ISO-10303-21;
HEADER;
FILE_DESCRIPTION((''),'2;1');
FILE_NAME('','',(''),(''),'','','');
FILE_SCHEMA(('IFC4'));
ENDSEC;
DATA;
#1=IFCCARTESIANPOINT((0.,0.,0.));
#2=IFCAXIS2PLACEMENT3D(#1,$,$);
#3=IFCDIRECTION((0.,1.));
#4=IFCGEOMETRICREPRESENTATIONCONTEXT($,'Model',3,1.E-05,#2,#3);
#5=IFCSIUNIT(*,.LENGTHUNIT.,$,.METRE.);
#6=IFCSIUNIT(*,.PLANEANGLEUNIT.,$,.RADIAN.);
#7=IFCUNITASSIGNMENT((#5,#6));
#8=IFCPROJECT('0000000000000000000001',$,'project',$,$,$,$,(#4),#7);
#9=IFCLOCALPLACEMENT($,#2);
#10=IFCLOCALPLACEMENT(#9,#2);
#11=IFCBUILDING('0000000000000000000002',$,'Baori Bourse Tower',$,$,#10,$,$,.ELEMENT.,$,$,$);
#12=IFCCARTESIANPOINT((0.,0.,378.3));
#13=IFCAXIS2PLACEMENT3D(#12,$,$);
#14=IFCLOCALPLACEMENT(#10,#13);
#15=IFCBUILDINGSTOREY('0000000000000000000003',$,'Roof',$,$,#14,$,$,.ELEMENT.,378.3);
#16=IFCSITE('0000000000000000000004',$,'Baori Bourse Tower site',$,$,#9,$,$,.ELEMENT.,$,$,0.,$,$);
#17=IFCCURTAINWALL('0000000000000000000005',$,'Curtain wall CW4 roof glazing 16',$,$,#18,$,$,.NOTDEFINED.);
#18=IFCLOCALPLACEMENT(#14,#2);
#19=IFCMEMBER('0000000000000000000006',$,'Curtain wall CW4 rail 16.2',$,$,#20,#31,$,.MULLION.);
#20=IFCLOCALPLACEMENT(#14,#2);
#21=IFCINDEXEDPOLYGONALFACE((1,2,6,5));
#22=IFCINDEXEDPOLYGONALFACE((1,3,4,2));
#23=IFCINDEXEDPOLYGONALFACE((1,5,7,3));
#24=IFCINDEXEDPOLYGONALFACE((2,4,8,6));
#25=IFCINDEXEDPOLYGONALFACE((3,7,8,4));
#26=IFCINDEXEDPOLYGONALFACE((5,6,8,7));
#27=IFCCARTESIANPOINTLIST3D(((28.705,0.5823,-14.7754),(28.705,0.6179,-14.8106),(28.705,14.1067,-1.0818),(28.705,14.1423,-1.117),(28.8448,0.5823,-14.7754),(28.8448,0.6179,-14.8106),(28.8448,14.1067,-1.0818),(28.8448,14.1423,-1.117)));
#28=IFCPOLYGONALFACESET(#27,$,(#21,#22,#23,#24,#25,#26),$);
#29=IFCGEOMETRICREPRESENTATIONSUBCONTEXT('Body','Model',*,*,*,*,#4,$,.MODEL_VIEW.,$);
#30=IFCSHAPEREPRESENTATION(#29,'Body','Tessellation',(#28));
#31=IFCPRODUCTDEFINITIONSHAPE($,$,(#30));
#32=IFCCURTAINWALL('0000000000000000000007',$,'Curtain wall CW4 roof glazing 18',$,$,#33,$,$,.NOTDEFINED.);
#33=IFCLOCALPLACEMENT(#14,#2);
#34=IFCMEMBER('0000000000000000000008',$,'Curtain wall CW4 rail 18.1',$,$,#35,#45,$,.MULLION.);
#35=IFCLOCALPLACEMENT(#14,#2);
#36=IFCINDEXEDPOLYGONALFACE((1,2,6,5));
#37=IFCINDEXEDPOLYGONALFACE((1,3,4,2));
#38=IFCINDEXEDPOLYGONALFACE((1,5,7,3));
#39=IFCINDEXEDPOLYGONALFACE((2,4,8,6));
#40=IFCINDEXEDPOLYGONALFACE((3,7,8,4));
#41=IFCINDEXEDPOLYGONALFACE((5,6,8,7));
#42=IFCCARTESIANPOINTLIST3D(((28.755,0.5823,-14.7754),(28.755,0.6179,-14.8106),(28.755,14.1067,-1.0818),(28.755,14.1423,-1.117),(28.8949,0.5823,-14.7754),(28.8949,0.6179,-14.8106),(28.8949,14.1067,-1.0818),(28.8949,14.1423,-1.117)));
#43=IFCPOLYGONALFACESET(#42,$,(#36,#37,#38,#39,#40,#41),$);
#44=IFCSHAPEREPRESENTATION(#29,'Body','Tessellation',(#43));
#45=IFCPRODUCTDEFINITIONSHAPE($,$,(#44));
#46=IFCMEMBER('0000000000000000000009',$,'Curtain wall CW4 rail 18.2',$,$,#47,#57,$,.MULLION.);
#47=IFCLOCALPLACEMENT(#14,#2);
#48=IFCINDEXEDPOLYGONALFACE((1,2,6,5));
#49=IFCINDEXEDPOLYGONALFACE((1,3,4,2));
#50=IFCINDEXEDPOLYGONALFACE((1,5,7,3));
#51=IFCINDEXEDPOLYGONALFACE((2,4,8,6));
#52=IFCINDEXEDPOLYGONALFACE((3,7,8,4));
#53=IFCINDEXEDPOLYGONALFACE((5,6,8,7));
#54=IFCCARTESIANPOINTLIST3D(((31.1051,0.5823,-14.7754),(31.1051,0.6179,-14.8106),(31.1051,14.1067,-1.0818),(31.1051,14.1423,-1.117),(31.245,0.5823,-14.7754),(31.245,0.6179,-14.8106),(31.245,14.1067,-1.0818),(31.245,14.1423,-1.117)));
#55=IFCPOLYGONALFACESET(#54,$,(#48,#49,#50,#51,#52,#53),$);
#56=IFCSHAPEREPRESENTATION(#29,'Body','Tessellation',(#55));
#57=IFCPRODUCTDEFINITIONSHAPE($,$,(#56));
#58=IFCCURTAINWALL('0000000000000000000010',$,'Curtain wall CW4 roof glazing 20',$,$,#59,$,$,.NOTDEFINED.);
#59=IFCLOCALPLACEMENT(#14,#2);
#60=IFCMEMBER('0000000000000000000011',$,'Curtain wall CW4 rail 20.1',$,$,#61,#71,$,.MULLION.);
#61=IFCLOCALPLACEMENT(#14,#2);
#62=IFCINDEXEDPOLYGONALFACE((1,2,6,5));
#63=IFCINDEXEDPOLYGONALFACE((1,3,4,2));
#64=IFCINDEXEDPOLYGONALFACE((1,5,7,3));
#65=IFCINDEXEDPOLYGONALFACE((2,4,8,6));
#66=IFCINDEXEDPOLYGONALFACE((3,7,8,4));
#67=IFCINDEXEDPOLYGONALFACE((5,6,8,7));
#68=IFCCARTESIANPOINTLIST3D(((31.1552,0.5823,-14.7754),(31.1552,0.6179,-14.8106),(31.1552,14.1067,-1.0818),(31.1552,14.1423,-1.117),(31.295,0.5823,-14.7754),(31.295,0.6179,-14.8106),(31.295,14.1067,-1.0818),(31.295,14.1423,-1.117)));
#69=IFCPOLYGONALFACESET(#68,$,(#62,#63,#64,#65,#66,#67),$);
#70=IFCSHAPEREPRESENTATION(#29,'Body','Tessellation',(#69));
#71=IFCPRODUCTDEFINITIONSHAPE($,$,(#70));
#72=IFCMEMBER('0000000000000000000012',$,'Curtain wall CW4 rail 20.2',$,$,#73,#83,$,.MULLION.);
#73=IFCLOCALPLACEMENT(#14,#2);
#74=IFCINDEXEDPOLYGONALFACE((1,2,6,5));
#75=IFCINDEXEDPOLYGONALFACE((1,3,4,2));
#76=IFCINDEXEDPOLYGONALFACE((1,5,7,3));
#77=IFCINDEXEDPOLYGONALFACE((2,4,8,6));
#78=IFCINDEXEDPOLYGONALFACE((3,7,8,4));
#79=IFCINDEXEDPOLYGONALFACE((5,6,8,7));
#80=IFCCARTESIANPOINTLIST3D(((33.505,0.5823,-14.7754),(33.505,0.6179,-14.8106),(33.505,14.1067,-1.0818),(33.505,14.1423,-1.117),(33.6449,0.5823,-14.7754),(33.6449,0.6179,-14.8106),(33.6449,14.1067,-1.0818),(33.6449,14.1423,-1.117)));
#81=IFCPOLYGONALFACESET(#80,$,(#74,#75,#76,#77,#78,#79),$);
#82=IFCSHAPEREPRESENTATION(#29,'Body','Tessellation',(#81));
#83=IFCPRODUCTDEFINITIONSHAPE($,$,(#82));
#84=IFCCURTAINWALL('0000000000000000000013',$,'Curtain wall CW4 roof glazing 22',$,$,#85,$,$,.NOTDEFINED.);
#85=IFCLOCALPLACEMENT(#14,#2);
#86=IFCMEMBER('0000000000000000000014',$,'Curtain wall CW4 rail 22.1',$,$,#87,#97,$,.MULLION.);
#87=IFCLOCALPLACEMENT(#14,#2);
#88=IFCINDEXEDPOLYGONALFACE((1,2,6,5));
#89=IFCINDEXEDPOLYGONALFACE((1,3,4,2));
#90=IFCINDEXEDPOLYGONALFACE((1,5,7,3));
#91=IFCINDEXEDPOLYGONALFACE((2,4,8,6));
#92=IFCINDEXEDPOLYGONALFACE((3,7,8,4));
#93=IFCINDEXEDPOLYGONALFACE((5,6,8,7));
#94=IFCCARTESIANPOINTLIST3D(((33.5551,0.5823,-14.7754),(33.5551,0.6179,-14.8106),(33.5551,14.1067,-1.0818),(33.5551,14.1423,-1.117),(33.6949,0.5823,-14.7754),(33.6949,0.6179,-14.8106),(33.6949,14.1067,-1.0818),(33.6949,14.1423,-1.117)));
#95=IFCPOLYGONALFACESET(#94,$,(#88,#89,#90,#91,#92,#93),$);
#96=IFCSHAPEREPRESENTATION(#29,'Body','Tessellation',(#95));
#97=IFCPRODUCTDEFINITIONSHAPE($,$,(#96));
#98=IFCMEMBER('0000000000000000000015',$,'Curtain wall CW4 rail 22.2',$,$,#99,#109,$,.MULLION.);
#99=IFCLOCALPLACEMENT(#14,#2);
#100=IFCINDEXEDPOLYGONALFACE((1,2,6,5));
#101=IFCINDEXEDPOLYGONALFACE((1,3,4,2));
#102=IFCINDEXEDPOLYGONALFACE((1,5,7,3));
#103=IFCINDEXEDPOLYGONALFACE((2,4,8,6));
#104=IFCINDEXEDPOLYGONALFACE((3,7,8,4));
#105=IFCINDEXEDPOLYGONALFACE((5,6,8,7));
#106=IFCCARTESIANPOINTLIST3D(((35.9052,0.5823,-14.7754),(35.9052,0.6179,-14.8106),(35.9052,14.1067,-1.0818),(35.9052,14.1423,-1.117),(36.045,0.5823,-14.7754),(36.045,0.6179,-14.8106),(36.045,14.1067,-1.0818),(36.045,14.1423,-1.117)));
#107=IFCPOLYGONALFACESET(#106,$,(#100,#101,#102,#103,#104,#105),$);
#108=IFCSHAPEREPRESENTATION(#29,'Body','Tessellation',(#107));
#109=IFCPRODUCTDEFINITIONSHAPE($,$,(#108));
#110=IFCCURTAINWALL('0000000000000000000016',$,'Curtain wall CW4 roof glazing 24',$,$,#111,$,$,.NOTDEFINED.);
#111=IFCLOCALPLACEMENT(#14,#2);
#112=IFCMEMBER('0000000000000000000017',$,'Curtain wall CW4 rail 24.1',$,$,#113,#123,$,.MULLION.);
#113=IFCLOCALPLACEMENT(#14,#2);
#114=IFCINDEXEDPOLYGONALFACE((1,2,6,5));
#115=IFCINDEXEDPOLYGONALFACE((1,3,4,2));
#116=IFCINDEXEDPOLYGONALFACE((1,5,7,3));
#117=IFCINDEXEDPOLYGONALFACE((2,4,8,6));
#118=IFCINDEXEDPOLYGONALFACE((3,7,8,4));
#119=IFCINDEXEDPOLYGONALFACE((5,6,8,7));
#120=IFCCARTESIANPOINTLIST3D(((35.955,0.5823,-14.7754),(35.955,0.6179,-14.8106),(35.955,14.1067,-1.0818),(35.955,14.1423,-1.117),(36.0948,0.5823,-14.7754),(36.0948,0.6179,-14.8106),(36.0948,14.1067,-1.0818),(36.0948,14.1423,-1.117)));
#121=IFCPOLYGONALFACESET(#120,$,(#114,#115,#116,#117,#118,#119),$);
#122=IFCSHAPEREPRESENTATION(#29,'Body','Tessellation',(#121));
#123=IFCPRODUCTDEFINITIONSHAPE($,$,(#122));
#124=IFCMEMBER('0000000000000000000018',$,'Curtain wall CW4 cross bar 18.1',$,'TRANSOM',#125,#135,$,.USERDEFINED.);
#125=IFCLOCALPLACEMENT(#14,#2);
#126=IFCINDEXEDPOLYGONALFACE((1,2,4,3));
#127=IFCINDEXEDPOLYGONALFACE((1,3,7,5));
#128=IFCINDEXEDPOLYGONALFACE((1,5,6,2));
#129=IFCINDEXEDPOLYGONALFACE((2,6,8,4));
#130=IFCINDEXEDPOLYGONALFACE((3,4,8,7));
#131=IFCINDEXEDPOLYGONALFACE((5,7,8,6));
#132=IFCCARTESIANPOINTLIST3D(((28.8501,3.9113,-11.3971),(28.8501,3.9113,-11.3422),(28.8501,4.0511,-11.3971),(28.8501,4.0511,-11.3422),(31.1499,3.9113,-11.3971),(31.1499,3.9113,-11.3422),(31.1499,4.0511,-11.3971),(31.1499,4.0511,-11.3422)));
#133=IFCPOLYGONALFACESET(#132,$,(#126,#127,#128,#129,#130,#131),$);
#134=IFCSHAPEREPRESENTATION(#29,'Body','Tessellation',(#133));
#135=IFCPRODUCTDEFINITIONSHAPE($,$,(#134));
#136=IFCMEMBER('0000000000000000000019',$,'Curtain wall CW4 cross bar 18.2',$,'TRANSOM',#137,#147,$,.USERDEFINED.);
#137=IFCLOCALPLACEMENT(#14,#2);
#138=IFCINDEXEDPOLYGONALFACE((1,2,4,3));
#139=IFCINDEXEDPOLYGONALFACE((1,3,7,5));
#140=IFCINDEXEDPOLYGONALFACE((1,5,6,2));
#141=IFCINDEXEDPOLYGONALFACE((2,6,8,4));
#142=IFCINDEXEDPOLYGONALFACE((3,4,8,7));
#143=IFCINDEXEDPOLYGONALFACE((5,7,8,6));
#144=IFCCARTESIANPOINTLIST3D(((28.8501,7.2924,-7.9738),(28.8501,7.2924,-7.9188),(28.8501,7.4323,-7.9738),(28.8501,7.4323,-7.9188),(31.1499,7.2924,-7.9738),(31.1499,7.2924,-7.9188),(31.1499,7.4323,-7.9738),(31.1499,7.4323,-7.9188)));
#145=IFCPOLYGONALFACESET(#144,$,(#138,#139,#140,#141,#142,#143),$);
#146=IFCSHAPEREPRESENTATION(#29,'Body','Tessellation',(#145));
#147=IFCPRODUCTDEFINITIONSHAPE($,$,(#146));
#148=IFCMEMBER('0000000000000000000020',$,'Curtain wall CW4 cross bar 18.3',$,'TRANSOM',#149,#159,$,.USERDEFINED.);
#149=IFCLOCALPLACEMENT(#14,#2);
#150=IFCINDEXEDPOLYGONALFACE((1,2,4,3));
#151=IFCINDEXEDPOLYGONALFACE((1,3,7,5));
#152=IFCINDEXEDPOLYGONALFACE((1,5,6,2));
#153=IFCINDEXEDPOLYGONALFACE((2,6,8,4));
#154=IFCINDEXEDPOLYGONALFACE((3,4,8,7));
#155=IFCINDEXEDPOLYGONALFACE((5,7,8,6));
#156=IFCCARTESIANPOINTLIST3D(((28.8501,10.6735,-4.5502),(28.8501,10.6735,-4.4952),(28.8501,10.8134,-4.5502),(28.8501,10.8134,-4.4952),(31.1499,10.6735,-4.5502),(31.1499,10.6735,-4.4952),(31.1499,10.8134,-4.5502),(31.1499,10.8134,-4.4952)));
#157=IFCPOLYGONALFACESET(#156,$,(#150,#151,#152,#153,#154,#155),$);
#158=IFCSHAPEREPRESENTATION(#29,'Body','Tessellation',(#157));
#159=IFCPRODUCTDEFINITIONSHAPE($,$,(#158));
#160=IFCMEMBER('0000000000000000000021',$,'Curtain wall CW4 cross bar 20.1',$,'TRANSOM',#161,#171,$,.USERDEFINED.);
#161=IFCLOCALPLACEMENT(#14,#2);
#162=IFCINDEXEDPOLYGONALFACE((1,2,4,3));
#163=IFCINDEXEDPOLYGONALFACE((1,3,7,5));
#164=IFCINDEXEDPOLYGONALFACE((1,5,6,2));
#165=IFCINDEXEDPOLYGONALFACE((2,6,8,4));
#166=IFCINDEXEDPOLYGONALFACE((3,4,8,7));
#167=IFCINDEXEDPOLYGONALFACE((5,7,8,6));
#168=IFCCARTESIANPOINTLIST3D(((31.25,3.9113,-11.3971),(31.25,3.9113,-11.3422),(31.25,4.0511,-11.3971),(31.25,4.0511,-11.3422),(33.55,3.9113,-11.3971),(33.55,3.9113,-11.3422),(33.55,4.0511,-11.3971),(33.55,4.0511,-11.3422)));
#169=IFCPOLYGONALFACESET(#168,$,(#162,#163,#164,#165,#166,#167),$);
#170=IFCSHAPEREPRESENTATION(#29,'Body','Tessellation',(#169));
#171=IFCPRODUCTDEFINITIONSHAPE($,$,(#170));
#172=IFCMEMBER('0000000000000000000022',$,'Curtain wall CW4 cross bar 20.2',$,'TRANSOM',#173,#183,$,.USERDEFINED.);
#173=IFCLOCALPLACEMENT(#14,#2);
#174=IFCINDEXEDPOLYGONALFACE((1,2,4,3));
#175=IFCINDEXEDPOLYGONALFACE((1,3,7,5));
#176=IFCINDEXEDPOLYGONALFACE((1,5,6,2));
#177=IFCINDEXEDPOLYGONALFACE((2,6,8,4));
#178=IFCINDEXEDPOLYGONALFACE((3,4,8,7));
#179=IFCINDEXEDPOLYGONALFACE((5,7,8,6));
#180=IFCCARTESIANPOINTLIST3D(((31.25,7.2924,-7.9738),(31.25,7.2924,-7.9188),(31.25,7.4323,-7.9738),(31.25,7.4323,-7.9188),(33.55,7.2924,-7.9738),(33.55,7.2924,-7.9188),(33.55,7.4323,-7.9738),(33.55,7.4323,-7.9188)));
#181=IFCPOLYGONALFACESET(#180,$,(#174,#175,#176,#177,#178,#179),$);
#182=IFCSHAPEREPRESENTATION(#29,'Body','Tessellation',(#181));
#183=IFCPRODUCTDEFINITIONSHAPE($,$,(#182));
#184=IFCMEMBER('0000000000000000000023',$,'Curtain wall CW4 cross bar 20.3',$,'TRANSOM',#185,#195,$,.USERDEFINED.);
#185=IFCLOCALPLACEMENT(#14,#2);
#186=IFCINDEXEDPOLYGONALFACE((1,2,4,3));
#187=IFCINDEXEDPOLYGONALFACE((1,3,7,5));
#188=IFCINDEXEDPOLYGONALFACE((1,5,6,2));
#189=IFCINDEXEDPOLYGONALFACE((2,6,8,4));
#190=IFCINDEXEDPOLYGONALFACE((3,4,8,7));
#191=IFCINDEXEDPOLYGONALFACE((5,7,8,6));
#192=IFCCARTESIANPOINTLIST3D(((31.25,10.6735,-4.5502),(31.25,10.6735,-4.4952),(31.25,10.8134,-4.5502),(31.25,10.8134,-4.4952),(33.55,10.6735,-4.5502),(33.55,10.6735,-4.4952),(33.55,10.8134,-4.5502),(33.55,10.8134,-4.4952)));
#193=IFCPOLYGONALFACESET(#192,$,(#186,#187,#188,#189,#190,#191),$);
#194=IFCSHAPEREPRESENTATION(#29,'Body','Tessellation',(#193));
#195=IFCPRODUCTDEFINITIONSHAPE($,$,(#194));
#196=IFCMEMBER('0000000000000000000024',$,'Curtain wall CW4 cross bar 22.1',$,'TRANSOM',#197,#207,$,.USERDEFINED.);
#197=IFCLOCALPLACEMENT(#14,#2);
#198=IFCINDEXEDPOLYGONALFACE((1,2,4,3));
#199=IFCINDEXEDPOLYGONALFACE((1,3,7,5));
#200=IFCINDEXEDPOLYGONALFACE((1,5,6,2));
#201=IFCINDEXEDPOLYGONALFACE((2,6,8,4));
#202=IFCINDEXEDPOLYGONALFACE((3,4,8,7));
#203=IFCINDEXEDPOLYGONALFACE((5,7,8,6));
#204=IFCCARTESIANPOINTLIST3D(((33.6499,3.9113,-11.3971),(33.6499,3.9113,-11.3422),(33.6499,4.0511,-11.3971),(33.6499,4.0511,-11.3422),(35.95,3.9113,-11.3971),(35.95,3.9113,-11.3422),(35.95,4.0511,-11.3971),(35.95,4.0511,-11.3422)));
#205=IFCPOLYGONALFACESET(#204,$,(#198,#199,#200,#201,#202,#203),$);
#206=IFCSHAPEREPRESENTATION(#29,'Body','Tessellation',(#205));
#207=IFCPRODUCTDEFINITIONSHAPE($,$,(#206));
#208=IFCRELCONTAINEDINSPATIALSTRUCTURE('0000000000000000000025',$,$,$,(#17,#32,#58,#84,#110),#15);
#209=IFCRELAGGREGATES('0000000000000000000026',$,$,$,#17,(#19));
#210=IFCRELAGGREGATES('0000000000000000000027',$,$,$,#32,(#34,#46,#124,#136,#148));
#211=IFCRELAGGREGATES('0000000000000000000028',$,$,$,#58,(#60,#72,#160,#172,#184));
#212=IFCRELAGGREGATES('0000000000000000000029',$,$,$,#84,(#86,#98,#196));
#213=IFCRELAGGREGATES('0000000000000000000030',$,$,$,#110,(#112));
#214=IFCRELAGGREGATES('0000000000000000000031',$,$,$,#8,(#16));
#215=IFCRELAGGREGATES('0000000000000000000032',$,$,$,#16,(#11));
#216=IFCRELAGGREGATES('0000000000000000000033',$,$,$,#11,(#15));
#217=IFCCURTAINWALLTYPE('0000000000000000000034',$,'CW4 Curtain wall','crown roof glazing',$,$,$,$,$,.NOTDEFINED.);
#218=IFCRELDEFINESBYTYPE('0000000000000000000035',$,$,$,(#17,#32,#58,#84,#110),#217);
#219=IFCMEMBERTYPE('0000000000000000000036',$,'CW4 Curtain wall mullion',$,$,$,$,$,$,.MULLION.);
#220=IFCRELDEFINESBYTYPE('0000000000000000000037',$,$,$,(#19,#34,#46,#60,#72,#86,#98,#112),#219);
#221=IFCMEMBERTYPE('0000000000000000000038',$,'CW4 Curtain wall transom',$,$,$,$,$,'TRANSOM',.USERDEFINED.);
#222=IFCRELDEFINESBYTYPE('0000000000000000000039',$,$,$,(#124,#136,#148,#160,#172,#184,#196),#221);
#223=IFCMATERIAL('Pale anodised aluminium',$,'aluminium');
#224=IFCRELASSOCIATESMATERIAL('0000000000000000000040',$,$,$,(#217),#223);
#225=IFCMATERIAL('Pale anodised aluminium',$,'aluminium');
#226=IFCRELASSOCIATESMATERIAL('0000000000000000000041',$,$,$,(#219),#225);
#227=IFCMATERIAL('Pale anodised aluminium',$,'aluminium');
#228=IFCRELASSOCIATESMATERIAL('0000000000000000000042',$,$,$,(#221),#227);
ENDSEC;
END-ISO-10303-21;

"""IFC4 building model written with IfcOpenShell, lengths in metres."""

from ifc_helpers import new_model, si_unit, direction, frame, origin, origin_2d, place, context, subcontext, project, spatial, rectangle, extrude, material, material_profile, profile_set, type_object, element, aggregate, save


model = new_model("IFC4")

# Units and contexts
model_context = context("Model", 3, precision=1e-05, world=origin(), true_north=direction((0.0, 1.0)))
body_context = subcontext(model_context, "Body", "Model", "MODEL_VIEW")
ifc_project = project(units=[si_unit("LENGTHUNIT", "METRE"), si_unit("PLANEANGLEUNIT", "RADIAN")], contexts=[model_context])

# Site, building, storey
site_placement = place(None, origin())
site = spatial("IfcSite", under=ifc_project, at=site_placement, Name="Baori Bourse Tower site", CompositionType="ELEMENT", RefElevation=0.0)
building_placement = place(site_placement, origin())
building = spatial("IfcBuilding", under=site, at=building_placement, Name="Baori Bourse Tower", CompositionType="ELEMENT")
storey_placement = place(building_placement, frame((0.0, 0.0, 378.3)))
storey = spatial("IfcBuildingStorey", under=building, at=storey_placement, Name="Roof", CompositionType="ELEMENT", Elevation=378.3)

# Curtain wall, member
ifc_material_1 = material(Name="Pale anodised aluminium", Category="aluminium")
curtain_wall_type = type_object("IfcCurtainWallType", Name="CW4 Curtain wall", Description="crown roof glazing", PredefinedType="NOTDEFINED", material=ifc_material_1)
curtain_wall_1_placement = place(storey_placement, origin())
curtain_wall_1 = element("IfcCurtainWall", 1, at=curtain_wall_1_placement, inside=storey, type_object=curtain_wall_type, Name="Curtain wall CW4 roof glazing 16", PredefinedType="NOTDEFINED")
ifc_material_2 = material(Name="Pale anodised aluminium", Category="aluminium")
ifc_material_profile_1 = material_profile(ifc_material_2, rectangle(XDim=0.1399, YDim=0.05, at=origin_2d()), Name="Mullion 50x140")
ifc_profile_set_1 = profile_set([ifc_material_profile_1], Name="Pale anodised aluminium")
member_type_1 = type_object("IfcMemberType", Name="CW4 Curtain wall mullion", PredefinedType="MULLION", material=ifc_profile_set_1)
member_1_placement = place(storey_placement, frame((28.7749, 0.6001, -14.793), z_axis=(0.0, 0.702698, 0.711488), x_axis=(-1.0, 0.0, 0.0)))
member_1 = element("IfcMember", 2, at=member_1_placement, type_object=member_type_1, Name="Curtain wall CW4 rail 16.2", PredefinedType="MULLION", context=body_context, shape_type="SweptSolid", body=[
    extrude(rectangle(XDim=0.1399, YDim=0.05, at=origin_2d()), origin(), (0.0, 0.0, 1.0), 19.2463),
])
aggregate(curtain_wall_1, [member_1])

# Curtain walls, members
curtain_wall_2_placement = place(storey_placement, origin())
curtain_wall_2 = element("IfcCurtainWall", 3, at=curtain_wall_2_placement, inside=storey, type_object=curtain_wall_type, Name="Curtain wall CW4 roof glazing 18", PredefinedType="NOTDEFINED")
member_2_placement = place(storey_placement, frame((28.825, 0.6001, -14.793), z_axis=(0.0, 0.702698, 0.711488), x_axis=(-1.0, 0.0, 0.0)))
member_2 = element("IfcMember", 4, at=member_2_placement, type_object=member_type_1, Name="Curtain wall CW4 rail 18.1", PredefinedType="MULLION", context=body_context, shape_type="SweptSolid", body=[
    extrude(rectangle(XDim=0.1399, YDim=0.05, at=origin_2d()), origin(), (0.0, 0.0, 1.0), 19.2463),
])
member_3_placement = place(storey_placement, frame((31.175, 0.6001, -14.793), z_axis=(0.0, 0.702698, 0.711488), x_axis=(-1.0, 0.0, 0.0)))
member_3 = element("IfcMember", 5, at=member_3_placement, type_object=member_type_1, Name="Curtain wall CW4 rail 18.2", PredefinedType="MULLION", context=body_context, shape_type="SweptSolid", body=[
    extrude(rectangle(XDim=0.1399, YDim=0.05, at=origin_2d()), origin(), (0.0, 0.0, 1.0), 19.2463),
])
curtain_wall_3_placement = place(storey_placement, origin())
curtain_wall_3 = element("IfcCurtainWall", 6, at=curtain_wall_3_placement, inside=storey, type_object=curtain_wall_type, Name="Curtain wall CW4 roof glazing 20", PredefinedType="NOTDEFINED")
member_4_placement = place(storey_placement, frame((31.2251, 0.6001, -14.793), z_axis=(0.0, 0.702698, 0.711488), x_axis=(-1.0, 0.0, 0.0)))
member_4 = element("IfcMember", 7, at=member_4_placement, type_object=member_type_1, Name="Curtain wall CW4 rail 20.1", PredefinedType="MULLION", context=body_context, shape_type="SweptSolid", body=[
    extrude(rectangle(XDim=0.1399, YDim=0.05, at=origin_2d()), origin(), (0.0, 0.0, 1.0), 19.2463),
])
member_5_placement = place(storey_placement, frame((33.575, 0.6001, -14.793), z_axis=(0.0, 0.702698, 0.711488), x_axis=(-1.0, 0.0, 0.0)))
member_5 = element("IfcMember", 8, at=member_5_placement, type_object=member_type_1, Name="Curtain wall CW4 rail 20.2", PredefinedType="MULLION", context=body_context, shape_type="SweptSolid", body=[
    extrude(rectangle(XDim=0.1399, YDim=0.05, at=origin_2d()), origin(), (0.0, 0.0, 1.0), 19.2463),
])
curtain_wall_4_placement = place(storey_placement, origin())
curtain_wall_4 = element("IfcCurtainWall", 9, at=curtain_wall_4_placement, inside=storey, type_object=curtain_wall_type, Name="Curtain wall CW4 roof glazing 22", PredefinedType="NOTDEFINED")
member_6_placement = place(storey_placement, frame((33.625, 0.6001, -14.793), z_axis=(0.0, 0.702698, 0.711488), x_axis=(-1.0, 0.0, 0.0)))
member_6 = element("IfcMember", 10, at=member_6_placement, type_object=member_type_1, Name="Curtain wall CW4 rail 22.1", PredefinedType="MULLION", context=body_context, shape_type="SweptSolid", body=[
    extrude(rectangle(XDim=0.1399, YDim=0.05, at=origin_2d()), origin(), (0.0, 0.0, 1.0), 19.2463),
])
member_7_placement = place(storey_placement, frame((35.9751, 0.6001, -14.793), z_axis=(0.0, 0.702698, 0.711488), x_axis=(-1.0, 0.0, 0.0)))
member_7 = element("IfcMember", 11, at=member_7_placement, type_object=member_type_1, Name="Curtain wall CW4 rail 22.2", PredefinedType="MULLION", context=body_context, shape_type="SweptSolid", body=[
    extrude(rectangle(XDim=0.1399, YDim=0.05, at=origin_2d()), origin(), (0.0, 0.0, 1.0), 19.2463),
])

# Curtain wall, member
curtain_wall_5_placement = place(storey_placement, origin())
curtain_wall_5 = element("IfcCurtainWall", 12, at=curtain_wall_5_placement, inside=storey, type_object=curtain_wall_type, Name="Curtain wall CW4 roof glazing 24", PredefinedType="NOTDEFINED")
member_8_placement = place(storey_placement, frame((36.0249, 0.6001, -14.793), z_axis=(0.0, 0.702698, 0.711488), x_axis=(-1.0, 0.0, 0.0)))
member_8 = element("IfcMember", 13, at=member_8_placement, type_object=member_type_1, Name="Curtain wall CW4 rail 24.1", PredefinedType="MULLION", context=body_context, shape_type="SweptSolid", body=[
    extrude(rectangle(XDim=0.1399, YDim=0.05, at=origin_2d()), origin(), (0.0, 0.0, 1.0), 19.2463),
])

# Members
ifc_material_3 = material(Name="Pale anodised aluminium", Category="aluminium")
ifc_material_profile_2 = material_profile(ifc_material_3, rectangle(XDim=0.1399, YDim=0.0549, at=origin_2d()), Name="Transom 55x140")
ifc_profile_set_2 = profile_set([ifc_material_profile_2], Name="Pale anodised aluminium")
member_type_2 = type_object("IfcMemberType", Name="CW4 Curtain wall transom", ElementType="TRANSOM", PredefinedType="USERDEFINED", material=ifc_profile_set_2)
member_9_placement = place(storey_placement, frame((28.8501, 3.9812, -11.3696), z_axis=(1.0, 0.0, 0.0), x_axis=(0.0, 1.0, 0.0)))
member_9 = element("IfcMember", 14, at=member_9_placement, type_object=member_type_2, Name="Curtain wall CW4 cross bar 18.1", ObjectType="TRANSOM", PredefinedType="USERDEFINED", context=body_context, shape_type="SweptSolid", body=[
    extrude(rectangle(XDim=0.1399, YDim=0.0549, at=origin_2d()), origin(), (0.0, 0.0, 1.0), 2.2998),
])
member_10_placement = place(storey_placement, frame((28.8501, 7.3623, -7.9463), z_axis=(1.0, 0.0, 0.0), x_axis=(0.0, 1.0, 0.0)))
member_10 = element("IfcMember", 15, at=member_10_placement, type_object=member_type_2, Name="Curtain wall CW4 cross bar 18.2", ObjectType="TRANSOM", PredefinedType="USERDEFINED", context=body_context, shape_type="SweptSolid", body=[
    extrude(rectangle(XDim=0.1399, YDim=0.0549, at=origin_2d()), origin(), (0.0, 0.0, 1.0), 2.2998),
])
member_11_placement = place(storey_placement, frame((28.8501, 10.7434, -4.5227), z_axis=(1.0, 0.0, 0.0), x_axis=(0.0, 1.0, 0.0)))
member_11 = element("IfcMember", 16, at=member_11_placement, type_object=member_type_2, Name="Curtain wall CW4 cross bar 18.3", ObjectType="TRANSOM", PredefinedType="USERDEFINED", context=body_context, shape_type="SweptSolid", body=[
    extrude(rectangle(XDim=0.1399, YDim=0.0549, at=origin_2d()), origin(), (0.0, 0.0, 1.0), 2.2998),
])
member_12_placement = place(storey_placement, frame((31.25, 3.9812, -11.3696), z_axis=(1.0, 0.0, 0.0), x_axis=(0.0, 1.0, 0.0)))
member_12 = element("IfcMember", 17, at=member_12_placement, type_object=member_type_2, Name="Curtain wall CW4 cross bar 20.1", ObjectType="TRANSOM", PredefinedType="USERDEFINED", context=body_context, shape_type="SweptSolid", body=[
    extrude(rectangle(XDim=0.1399, YDim=0.0549, at=origin_2d()), origin(), (0.0, 0.0, 1.0), 2.3),
])
member_13_placement = place(storey_placement, frame((31.25, 7.3623, -7.9463), z_axis=(1.0, 0.0, 0.0), x_axis=(0.0, 1.0, 0.0)))
member_13 = element("IfcMember", 18, at=member_13_placement, type_object=member_type_2, Name="Curtain wall CW4 cross bar 20.2", ObjectType="TRANSOM", PredefinedType="USERDEFINED", context=body_context, shape_type="SweptSolid", body=[
    extrude(rectangle(XDim=0.1399, YDim=0.0549, at=origin_2d()), origin(), (0.0, 0.0, 1.0), 2.3),
])
member_14_placement = place(storey_placement, frame((31.25, 10.7434, -4.5227), z_axis=(1.0, 0.0, 0.0), x_axis=(0.0, 1.0, 0.0)))
member_14 = element("IfcMember", 19, at=member_14_placement, type_object=member_type_2, Name="Curtain wall CW4 cross bar 20.3", ObjectType="TRANSOM", PredefinedType="USERDEFINED", context=body_context, shape_type="SweptSolid", body=[
    extrude(rectangle(XDim=0.1399, YDim=0.0549, at=origin_2d()), origin(), (0.0, 0.0, 1.0), 2.3),
])
member_15_placement = place(storey_placement, frame((33.6499, 3.9812, -11.3696), z_axis=(1.0, 0.0, 0.0), x_axis=(0.0, 1.0, 0.0)))
member_15 = element("IfcMember", 20, at=member_15_placement, type_object=member_type_2, Name="Curtain wall CW4 cross bar 22.1", ObjectType="TRANSOM", PredefinedType="USERDEFINED", context=body_context, shape_type="SweptSolid", body=[
    extrude(rectangle(XDim=0.1399, YDim=0.0549, at=origin_2d()), origin(), (0.0, 0.0, 1.0), 2.3),
])

aggregate(curtain_wall_2, [member_2, member_3, member_9, member_10, member_11])
aggregate(curtain_wall_3, [member_4, member_5, member_12, member_13, member_14])
aggregate(curtain_wall_4, [member_6, member_7, member_15])
aggregate(curtain_wall_5, [member_8])

save(model, "model.ifc")
